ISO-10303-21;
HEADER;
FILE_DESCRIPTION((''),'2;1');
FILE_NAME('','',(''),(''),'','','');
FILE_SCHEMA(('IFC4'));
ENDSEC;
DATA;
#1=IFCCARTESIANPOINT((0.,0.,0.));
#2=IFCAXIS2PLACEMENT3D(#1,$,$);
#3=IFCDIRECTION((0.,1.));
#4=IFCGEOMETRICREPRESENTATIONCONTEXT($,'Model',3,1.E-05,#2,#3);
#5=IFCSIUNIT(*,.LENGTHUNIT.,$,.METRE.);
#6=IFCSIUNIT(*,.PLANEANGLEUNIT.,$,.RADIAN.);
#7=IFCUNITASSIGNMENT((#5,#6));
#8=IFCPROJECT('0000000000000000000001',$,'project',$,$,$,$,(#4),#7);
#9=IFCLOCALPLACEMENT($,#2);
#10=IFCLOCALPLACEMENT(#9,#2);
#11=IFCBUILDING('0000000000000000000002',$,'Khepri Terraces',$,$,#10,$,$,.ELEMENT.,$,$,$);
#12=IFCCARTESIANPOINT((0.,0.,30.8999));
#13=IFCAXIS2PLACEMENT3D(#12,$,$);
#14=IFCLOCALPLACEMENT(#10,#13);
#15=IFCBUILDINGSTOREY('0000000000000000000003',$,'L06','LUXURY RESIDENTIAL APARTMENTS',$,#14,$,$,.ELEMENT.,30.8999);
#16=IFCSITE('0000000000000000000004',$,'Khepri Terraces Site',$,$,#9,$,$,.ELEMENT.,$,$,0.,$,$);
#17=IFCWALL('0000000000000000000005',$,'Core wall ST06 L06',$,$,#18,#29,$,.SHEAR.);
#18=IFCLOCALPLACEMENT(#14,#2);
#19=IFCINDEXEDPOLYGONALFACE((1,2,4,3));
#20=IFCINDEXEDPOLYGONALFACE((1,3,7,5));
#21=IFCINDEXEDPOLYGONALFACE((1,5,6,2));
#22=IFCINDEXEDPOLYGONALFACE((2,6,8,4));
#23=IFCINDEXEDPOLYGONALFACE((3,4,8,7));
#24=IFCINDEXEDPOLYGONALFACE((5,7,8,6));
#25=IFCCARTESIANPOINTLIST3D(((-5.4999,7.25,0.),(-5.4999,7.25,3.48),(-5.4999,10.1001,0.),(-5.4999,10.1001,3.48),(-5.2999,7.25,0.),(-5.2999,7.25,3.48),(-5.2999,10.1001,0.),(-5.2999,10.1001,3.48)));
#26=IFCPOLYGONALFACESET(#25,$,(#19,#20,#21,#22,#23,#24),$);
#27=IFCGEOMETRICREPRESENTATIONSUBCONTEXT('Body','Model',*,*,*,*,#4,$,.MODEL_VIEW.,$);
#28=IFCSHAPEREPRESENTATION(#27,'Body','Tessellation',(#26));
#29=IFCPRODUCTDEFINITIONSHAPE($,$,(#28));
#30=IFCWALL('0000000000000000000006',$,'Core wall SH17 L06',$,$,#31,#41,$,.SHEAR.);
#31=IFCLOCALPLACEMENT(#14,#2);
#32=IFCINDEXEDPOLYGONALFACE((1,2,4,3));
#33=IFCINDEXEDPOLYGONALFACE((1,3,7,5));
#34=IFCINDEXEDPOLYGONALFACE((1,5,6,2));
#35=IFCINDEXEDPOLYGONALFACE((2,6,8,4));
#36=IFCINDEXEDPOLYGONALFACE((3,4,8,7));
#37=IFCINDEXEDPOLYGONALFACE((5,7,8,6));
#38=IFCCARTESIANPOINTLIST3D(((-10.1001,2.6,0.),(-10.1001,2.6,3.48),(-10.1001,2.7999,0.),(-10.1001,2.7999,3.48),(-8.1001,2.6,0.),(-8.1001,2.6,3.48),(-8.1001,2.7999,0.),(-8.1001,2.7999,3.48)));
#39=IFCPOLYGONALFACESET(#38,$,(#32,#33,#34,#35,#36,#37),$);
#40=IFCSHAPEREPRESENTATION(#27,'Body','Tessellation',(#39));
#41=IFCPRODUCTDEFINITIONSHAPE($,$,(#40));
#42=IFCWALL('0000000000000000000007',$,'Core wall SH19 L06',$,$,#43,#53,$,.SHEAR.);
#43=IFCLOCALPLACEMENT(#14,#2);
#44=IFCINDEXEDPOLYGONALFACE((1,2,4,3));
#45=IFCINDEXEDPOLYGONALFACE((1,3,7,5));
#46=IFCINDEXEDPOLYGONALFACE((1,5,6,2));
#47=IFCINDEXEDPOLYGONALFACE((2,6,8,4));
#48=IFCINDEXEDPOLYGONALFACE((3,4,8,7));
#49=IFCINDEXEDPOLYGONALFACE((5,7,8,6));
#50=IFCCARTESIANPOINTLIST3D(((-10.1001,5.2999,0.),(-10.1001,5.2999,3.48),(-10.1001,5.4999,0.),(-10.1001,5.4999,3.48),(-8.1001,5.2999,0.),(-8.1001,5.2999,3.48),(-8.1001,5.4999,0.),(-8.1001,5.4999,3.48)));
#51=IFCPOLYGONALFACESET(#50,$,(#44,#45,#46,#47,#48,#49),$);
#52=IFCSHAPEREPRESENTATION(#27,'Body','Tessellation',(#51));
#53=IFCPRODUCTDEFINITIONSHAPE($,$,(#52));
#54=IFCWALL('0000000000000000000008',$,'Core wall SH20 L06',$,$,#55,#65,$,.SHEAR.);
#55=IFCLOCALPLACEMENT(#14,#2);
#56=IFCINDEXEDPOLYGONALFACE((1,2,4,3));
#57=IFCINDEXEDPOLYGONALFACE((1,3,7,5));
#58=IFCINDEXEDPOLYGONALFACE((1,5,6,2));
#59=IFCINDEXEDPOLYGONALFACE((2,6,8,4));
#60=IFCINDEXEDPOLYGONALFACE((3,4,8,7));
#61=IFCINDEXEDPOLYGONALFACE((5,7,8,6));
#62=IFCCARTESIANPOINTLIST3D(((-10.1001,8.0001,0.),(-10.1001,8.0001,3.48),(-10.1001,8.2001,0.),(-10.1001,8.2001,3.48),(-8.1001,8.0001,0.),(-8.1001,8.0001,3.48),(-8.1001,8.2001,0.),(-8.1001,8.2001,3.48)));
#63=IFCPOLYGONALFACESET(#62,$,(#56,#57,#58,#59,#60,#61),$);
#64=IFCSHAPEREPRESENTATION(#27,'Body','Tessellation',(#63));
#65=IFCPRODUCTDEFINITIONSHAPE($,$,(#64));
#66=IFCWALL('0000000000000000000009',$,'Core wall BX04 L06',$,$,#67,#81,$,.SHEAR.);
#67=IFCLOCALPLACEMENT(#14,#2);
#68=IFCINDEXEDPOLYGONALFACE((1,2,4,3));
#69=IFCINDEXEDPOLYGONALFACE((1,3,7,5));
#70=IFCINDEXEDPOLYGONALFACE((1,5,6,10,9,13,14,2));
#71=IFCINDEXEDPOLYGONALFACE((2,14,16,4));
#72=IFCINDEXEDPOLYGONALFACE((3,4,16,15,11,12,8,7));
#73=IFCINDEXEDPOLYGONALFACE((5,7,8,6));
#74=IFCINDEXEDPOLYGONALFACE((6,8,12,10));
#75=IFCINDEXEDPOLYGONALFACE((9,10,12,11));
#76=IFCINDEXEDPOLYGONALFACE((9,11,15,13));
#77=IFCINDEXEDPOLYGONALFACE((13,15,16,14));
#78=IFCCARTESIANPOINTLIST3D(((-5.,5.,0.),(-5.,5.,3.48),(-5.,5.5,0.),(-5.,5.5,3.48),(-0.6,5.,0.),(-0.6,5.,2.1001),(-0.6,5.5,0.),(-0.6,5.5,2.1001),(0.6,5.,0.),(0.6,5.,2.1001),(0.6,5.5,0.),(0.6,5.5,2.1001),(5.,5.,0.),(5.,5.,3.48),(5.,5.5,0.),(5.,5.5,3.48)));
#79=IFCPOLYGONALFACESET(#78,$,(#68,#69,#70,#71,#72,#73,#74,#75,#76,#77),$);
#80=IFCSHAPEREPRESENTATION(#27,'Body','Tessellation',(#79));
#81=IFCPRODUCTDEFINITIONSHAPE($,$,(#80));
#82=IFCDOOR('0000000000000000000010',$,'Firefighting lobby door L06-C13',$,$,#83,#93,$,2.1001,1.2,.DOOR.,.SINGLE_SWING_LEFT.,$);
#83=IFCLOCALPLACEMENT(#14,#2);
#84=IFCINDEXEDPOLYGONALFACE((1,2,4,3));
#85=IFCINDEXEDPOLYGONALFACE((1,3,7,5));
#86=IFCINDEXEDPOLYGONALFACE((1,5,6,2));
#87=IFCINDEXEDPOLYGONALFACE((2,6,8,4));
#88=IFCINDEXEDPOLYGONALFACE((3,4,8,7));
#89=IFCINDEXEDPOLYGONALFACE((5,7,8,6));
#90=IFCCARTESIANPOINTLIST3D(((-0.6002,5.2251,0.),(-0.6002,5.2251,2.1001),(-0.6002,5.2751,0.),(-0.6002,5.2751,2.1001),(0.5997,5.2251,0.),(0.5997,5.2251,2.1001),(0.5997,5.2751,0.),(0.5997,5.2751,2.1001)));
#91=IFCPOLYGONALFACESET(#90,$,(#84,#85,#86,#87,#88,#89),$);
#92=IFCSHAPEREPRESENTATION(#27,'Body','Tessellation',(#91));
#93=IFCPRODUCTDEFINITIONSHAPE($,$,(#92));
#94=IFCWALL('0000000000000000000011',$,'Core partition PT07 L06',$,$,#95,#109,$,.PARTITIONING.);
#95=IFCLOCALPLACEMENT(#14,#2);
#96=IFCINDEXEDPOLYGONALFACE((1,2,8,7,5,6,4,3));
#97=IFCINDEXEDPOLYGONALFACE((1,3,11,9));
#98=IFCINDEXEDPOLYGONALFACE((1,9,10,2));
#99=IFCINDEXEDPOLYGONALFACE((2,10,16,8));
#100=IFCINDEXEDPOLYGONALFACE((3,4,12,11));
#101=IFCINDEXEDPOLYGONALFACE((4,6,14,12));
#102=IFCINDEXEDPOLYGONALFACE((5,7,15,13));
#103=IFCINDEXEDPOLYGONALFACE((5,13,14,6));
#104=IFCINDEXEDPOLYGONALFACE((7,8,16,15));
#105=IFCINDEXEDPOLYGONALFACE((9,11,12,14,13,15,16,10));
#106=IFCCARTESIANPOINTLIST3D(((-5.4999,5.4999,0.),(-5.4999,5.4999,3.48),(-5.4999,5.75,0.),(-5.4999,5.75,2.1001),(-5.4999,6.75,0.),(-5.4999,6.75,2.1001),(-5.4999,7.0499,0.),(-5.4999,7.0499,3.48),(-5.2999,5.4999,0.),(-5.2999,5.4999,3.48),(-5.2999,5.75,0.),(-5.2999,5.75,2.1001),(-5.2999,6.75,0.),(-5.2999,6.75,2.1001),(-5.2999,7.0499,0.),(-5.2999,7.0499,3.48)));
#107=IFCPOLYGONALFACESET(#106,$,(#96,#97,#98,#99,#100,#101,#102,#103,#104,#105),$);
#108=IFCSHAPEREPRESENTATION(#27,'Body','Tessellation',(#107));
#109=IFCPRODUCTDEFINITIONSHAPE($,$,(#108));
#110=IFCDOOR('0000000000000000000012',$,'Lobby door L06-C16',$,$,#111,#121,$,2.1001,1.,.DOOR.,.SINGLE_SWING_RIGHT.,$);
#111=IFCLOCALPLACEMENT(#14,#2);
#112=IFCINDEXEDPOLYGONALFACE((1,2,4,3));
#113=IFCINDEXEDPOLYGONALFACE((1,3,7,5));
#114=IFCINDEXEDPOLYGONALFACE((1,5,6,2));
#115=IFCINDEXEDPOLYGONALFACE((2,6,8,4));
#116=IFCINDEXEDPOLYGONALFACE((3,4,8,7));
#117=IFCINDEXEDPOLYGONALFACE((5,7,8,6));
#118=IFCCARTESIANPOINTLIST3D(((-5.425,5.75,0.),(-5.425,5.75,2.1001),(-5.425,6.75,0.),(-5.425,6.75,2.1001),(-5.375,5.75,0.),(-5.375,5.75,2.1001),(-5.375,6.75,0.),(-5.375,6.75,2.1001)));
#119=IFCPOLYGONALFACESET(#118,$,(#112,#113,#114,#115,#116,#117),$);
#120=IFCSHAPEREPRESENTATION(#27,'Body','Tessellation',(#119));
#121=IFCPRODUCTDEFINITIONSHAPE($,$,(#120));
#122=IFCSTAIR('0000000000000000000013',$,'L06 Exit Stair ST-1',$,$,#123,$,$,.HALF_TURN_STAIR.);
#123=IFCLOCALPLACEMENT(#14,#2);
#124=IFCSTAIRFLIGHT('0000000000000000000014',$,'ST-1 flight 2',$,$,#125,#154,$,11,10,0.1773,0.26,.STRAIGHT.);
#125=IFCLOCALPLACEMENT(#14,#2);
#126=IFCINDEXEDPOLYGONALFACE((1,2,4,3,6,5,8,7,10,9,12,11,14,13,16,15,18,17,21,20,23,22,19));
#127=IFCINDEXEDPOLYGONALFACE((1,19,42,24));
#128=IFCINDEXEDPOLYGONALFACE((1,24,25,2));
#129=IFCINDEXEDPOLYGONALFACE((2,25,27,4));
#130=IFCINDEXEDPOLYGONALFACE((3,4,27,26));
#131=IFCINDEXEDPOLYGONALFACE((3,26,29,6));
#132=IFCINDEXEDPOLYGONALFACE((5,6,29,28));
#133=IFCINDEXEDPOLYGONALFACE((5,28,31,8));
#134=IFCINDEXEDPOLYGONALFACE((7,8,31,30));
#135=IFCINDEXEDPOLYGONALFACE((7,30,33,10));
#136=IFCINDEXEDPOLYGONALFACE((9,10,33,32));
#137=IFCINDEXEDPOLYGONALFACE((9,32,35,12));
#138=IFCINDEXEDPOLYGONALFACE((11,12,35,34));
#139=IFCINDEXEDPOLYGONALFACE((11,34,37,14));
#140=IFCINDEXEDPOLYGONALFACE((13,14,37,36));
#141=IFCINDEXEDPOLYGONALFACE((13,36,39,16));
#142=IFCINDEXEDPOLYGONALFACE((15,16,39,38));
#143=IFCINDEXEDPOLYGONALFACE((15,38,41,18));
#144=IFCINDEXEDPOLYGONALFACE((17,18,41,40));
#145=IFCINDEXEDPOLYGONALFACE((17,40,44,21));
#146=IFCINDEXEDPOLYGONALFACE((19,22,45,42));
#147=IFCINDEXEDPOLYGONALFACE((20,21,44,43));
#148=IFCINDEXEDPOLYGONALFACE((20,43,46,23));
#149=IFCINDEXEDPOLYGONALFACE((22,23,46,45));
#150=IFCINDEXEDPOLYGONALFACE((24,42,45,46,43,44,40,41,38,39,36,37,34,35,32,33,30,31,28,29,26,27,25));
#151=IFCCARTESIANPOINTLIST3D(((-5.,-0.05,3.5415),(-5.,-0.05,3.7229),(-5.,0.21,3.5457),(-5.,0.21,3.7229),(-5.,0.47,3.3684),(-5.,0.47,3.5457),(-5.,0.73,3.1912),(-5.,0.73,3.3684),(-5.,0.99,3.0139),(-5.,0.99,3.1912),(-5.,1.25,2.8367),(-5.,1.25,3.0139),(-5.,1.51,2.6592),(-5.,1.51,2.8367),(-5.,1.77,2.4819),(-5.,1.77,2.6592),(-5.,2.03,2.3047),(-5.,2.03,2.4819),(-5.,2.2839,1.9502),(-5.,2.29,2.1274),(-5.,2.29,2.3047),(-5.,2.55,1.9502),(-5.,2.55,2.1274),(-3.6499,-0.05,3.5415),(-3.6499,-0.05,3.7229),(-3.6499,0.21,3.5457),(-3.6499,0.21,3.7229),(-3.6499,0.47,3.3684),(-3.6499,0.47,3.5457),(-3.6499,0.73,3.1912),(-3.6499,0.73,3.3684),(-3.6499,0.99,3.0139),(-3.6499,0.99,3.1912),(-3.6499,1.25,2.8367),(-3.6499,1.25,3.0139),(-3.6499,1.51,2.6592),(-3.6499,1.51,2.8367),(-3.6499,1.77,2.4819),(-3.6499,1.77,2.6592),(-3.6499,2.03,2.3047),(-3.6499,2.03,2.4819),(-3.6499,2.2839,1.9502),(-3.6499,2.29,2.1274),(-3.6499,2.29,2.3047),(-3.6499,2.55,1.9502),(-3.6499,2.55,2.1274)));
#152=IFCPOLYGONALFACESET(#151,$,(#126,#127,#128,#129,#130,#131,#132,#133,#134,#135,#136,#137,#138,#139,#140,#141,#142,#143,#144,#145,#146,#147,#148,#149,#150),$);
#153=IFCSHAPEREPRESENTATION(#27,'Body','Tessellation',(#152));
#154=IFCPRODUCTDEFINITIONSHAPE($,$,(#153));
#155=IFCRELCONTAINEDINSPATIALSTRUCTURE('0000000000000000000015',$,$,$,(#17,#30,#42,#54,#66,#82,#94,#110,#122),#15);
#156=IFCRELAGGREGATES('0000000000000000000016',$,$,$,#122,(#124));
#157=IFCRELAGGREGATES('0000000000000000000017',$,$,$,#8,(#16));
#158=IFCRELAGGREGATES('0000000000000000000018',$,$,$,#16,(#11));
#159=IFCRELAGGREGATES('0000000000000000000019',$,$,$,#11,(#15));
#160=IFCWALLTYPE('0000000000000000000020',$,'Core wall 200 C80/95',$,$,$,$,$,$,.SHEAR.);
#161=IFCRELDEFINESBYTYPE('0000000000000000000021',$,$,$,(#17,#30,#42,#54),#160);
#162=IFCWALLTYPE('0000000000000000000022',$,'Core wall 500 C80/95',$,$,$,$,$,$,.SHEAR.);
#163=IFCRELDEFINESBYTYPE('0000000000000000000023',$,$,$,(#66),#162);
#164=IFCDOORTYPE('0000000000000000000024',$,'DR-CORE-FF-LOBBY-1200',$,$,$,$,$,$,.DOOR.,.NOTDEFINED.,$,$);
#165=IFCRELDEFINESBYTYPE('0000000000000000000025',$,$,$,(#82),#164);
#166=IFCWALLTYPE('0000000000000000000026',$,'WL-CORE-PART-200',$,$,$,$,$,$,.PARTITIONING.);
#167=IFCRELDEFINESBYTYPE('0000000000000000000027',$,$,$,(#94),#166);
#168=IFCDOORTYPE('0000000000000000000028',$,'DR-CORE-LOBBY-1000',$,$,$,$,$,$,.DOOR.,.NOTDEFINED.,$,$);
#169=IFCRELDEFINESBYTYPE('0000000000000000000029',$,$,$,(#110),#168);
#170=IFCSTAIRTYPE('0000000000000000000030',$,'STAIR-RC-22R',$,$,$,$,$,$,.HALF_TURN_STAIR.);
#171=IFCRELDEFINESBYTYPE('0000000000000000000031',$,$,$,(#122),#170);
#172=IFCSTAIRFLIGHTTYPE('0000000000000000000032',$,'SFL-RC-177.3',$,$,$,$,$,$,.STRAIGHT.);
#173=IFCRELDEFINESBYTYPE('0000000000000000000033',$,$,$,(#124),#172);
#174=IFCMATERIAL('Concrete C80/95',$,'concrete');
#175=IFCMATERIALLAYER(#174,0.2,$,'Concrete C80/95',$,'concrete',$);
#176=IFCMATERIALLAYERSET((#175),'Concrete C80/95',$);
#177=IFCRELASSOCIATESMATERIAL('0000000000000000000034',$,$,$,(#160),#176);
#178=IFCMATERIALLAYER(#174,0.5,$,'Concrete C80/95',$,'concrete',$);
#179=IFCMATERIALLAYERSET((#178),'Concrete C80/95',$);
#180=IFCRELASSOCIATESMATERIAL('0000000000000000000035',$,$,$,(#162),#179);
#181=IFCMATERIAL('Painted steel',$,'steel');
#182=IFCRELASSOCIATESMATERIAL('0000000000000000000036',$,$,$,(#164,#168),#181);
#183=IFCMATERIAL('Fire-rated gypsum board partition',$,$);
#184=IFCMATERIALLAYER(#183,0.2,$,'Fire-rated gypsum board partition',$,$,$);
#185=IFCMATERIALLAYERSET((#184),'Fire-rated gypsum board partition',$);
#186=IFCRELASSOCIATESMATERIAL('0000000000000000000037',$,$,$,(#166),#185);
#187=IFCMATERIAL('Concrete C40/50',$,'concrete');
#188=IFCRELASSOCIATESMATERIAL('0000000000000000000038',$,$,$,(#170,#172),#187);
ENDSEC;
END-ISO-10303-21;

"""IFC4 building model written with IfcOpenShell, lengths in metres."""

from ifc_helpers import new_model, si_unit, direction, frame, frame_2d, origin, place, context, subcontext, project, spatial, polyline, rectangle, outline, extrude, material, layer, layer_set, type_object, element, fill, aggregate, save


model = new_model("IFC4")

# Units and contexts
model_context = context("Model", 3, precision=1e-05, world=origin(), true_north=direction((0.0, 1.0)))
body_context = subcontext(model_context, "Body", "Model", "MODEL_VIEW")
ifc_project = project(units=[si_unit("LENGTHUNIT", "METRE"), si_unit("PLANEANGLEUNIT", "RADIAN")], contexts=[model_context])

# Site, building, storey
site_placement = place(None, origin())
site = spatial("IfcSite", under=ifc_project, at=site_placement, Name="Khepri Terraces Site", CompositionType="ELEMENT", RefElevation=0.0)
building_placement = place(site_placement, origin())
building = spatial("IfcBuilding", under=site, at=building_placement, Name="Khepri Terraces", CompositionType="ELEMENT")
storey_placement = place(building_placement, frame((0.0, 0.0, 30.8999)))
storey = spatial("IfcBuildingStorey", under=building, at=storey_placement, Name="L06", Description="LUXURY RESIDENTIAL APARTMENTS", CompositionType="ELEMENT", Elevation=30.8999)

# Shared definitions
ifc_material_1 = material(Name="Concrete C40/50", Category="concrete")

# Walls
ifc_material_2 = material(Name="Concrete C80/95", Category="concrete")
ifc_layer_1 = layer(ifc_material_2, 0.2, Name="Concrete C80/95", Category="concrete")
ifc_layer_set_1 = layer_set([ifc_layer_1], Name="Concrete C80/95")
wall_type_1 = type_object("IfcWallType", Name="Core wall 200 C80/95", PredefinedType="SHEAR", material=ifc_layer_set_1)
wall_1_placement = place(storey_placement, frame((-5.3999, 7.25, 0.0), z_axis=(0.0, 0.0, 1.0), x_axis=(0.0, 1.0, 0.0)))
element("IfcWall", 1, at=wall_1_placement, inside=storey, type_object=wall_type_1, Name="Core wall ST06 L06", PredefinedType="SHEAR", context=body_context, shape_type="SweptSolid", body=[
    extrude(rectangle(XDim=2.8501, YDim=0.2, at=frame_2d((1.425, 0.0))), origin(), (0.0, 0.0, 1.0), 3.48),
])
for number, where, z_axis, x_axis, name in (
    (2, (-10.1001, 2.7, 0.0), (0.0, 0.0, 1.0), (1.0, 0.0, 0.0), "Core wall SH17 L06"),
    (3, (-10.1001, 5.3999, 0.0), (0.0, 0.0, 1.0), (1.0, 0.0, 0.0), "Core wall SH19 L06"),
    (4, (-10.1001, 8.1001, 0.0), (0.0, 0.0, 1.0), (1.0, 0.0, 0.0), "Core wall SH20 L06"),
):
    element("IfcWall", number, at=place(storey_placement, frame(where, z_axis=z_axis, x_axis=x_axis)), inside=storey, type_object=wall_type_1, Name=name, PredefinedType="SHEAR", context=body_context, shape_type="SweptSolid", body=[
        extrude(rectangle(XDim=2.0, YDim=0.2, at=frame_2d((1.0, 0.0))), origin(), (0.0, 0.0, 1.0), 3.48),
    ])

# Walls, openings, doors
ifc_layer_2 = layer(ifc_material_2, 0.5, Name="Concrete C80/95", Category="concrete")
ifc_layer_set_2 = layer_set([ifc_layer_2], Name="Concrete C80/95")
wall_type_2 = type_object("IfcWallType", Name="Core wall 500 C80/95", PredefinedType="SHEAR", material=ifc_layer_set_2)
wall_2_placement = place(storey_placement, frame((-5.0, 5.25, 0.0), z_axis=(0.0, 0.0, 1.0), x_axis=(1.0, 0.0, 0.0)))
wall_2 = element("IfcWall", 5, at=wall_2_placement, inside=storey, type_object=wall_type_2, Name="Core wall BX04 L06", PredefinedType="SHEAR", context=body_context, shape_type="SweptSolid", body=[
    extrude(rectangle(XDim=10.0, YDim=0.5, at=frame_2d((5.0, 0.0))), origin(), (0.0, 0.0, 1.0), 3.48),
])
opening_1_placement = place(wall_2_placement, frame((4.3999, 0.0, 0.0)))
opening_1 = element("IfcOpeningElement", 6, at=opening_1_placement, cuts=wall_2, PredefinedType="OPENING", context=body_context, shape_type="SweptSolid", body=[
    extrude(rectangle(XDim=1.2, YDim=2.1001, at=frame_2d((0.6001, 1.05))), frame((0.0, 0.26, 0.0), z_axis=(0.0, -1.0, 0.0), x_axis=(1.0, 0.0, 0.0)), (0.0, 0.0, 1.0), 0.52),
])
ifc_material_3 = material(Name="Painted steel", Category="steel")
door_type_1 = type_object("IfcDoorType", Name="DR-CORE-FF-LOBBY-1200", OperationType="NOTDEFINED", PredefinedType="DOOR", material=ifc_material_3)
door_1_placement = place(opening_1_placement, frame((1.2, 0.0, 0.0), z_axis=(0.0, 0.0, 1.0), x_axis=(-1.0, 0.0, 0.0)))
door_1 = element("IfcDoor", 7, at=door_1_placement, inside=storey, type_object=door_type_1, Name="Firefighting lobby door L06-C13", OperationType="SINGLE_SWING_LEFT", OverallHeight=2.1001, OverallWidth=1.2, PredefinedType="DOOR", context=body_context, shape_type="SweptSolid", body=[
    extrude(rectangle(XDim=1.2, YDim=2.1001, at=frame_2d((0.6001, 1.05))), frame((0.0, 0.0249, 0.0), z_axis=(0.0, -1.0, 0.0), x_axis=(1.0, 0.0, 0.0)), (0.0, 0.0, 1.0), 0.05),
])
fill(opening_1, door_1)
ifc_material_4 = material(Name="Fire-rated gypsum board partition")
ifc_layer_3 = layer(ifc_material_4, 0.2, Name="Fire-rated gypsum board partition")
ifc_layer_set_3 = layer_set([ifc_layer_3], Name="Fire-rated gypsum board partition")
wall_type_3 = type_object("IfcWallType", Name="WL-CORE-PART-200", PredefinedType="PARTITIONING", material=ifc_layer_set_3)
wall_3_placement = place(storey_placement, frame((-5.3999, 5.5, 0.0), z_axis=(0.0, 0.0, 1.0), x_axis=(0.0, 1.0, 0.0)))
wall_3 = element("IfcWall", 8, at=wall_3_placement, inside=storey, type_object=wall_type_3, Name="Core partition PT07 L06", PredefinedType="PARTITIONING", context=body_context, shape_type="SweptSolid", body=[
    extrude(rectangle(XDim=1.55, YDim=0.2, at=frame_2d((0.7749, 0.0))), origin(), (0.0, 0.0, 1.0), 3.48),
])
opening_2_placement = place(wall_3_placement, frame((0.25, 0.0, 0.0)))
opening_2 = element("IfcOpeningElement", 9, at=opening_2_placement, cuts=wall_3, PredefinedType="OPENING", context=body_context, shape_type="SweptSolid", body=[
    extrude(rectangle(XDim=1.0, YDim=2.1001, at=frame_2d((0.5, 1.05))), frame((0.0, 0.1099, 0.0), z_axis=(0.0, -1.0, 0.0), x_axis=(1.0, 0.0, 0.0)), (0.0, 0.0, 1.0), 0.22),
])
door_type_2 = type_object("IfcDoorType", Name="DR-CORE-LOBBY-1000", OperationType="NOTDEFINED", PredefinedType="DOOR", material=ifc_material_3)
door_2_placement = place(opening_2_placement, frame((1.0, 0.0, 0.0), z_axis=(0.0, 0.0, 1.0), x_axis=(-1.0, 0.0, 0.0)))
door_2 = element("IfcDoor", 10, at=door_2_placement, inside=storey, type_object=door_type_2, Name="Lobby door L06-C16", OperationType="SINGLE_SWING_RIGHT", OverallHeight=2.1001, OverallWidth=1.0, PredefinedType="DOOR", context=body_context, shape_type="SweptSolid", body=[
    extrude(rectangle(XDim=1.0, YDim=2.1001, at=frame_2d((0.5, 1.05))), frame((0.0, 0.0249, 0.0), z_axis=(0.0, -1.0, 0.0), x_axis=(1.0, 0.0, 0.0)), (0.0, 0.0, 1.0), 0.05),
])
fill(opening_2, door_2)

# Stair, stair flight
stair_type = type_object("IfcStairType", Name="STAIR-RC-22R", PredefinedType="HALF_TURN_STAIR", material=ifc_material_1)
stair_1_placement = place(storey_placement, origin())
stair_1 = element("IfcStair", 11, at=stair_1_placement, inside=storey, type_object=stair_type, Name="L06 Exit Stair ST-1", PredefinedType="HALF_TURN_STAIR")
stair_flight_type = type_object("IfcStairFlightType", Name="SFL-RC-177.3", PredefinedType="STRAIGHT", material=ifc_material_1)
stair_flight_1_placement = place(storey_placement, frame((-4.325, 2.55, 1.9502), z_axis=(0.0, 0.0, 1.0), x_axis=(0.0, -1.0, 0.0)))
stair_flight_1 = element("IfcStairFlight", 12, at=stair_flight_1_placement, type_object=stair_flight_type, Name="ST-1 flight 2", NumberOfRisers=11, NumberOfTreads=10, PredefinedType="STRAIGHT", RiserHeight=0.1773, TreadLength=0.26, context=body_context, shape_type="SweptSolid", body=[
    extrude(outline(polyline([(0.0, 0.0), (0.0, 0.1772), (0.26, 0.1772), (0.26, 0.3545), (0.52, 0.3545), (0.52, 0.5317), (0.78, 0.5317), (0.78, 0.709), (1.04, 0.709), (1.04, 0.8865), (1.3, 0.8865), (1.3, 1.0637), (1.5601, 1.0637), (1.5601, 1.241), (1.8201, 1.241), (1.8201, 1.4182), (2.0801, 1.4182), (2.0801, 1.5955), (2.3401, 1.5955), (2.3401, 1.7727), (2.6001, 1.7727), (2.6001, 1.95), (2.6001, 1.5913), (0.2661, 0.0), (0.0, 0.0)])), frame((0.0, 0.675, 0.0), z_axis=(0.0, -1.0, 0.0), x_axis=(1.0, 0.0, 0.0)), (0.0, 0.0, 1.0), 1.3501),
])
aggregate(stair_1, [stair_flight_1])

save(model, "model.ifc")
